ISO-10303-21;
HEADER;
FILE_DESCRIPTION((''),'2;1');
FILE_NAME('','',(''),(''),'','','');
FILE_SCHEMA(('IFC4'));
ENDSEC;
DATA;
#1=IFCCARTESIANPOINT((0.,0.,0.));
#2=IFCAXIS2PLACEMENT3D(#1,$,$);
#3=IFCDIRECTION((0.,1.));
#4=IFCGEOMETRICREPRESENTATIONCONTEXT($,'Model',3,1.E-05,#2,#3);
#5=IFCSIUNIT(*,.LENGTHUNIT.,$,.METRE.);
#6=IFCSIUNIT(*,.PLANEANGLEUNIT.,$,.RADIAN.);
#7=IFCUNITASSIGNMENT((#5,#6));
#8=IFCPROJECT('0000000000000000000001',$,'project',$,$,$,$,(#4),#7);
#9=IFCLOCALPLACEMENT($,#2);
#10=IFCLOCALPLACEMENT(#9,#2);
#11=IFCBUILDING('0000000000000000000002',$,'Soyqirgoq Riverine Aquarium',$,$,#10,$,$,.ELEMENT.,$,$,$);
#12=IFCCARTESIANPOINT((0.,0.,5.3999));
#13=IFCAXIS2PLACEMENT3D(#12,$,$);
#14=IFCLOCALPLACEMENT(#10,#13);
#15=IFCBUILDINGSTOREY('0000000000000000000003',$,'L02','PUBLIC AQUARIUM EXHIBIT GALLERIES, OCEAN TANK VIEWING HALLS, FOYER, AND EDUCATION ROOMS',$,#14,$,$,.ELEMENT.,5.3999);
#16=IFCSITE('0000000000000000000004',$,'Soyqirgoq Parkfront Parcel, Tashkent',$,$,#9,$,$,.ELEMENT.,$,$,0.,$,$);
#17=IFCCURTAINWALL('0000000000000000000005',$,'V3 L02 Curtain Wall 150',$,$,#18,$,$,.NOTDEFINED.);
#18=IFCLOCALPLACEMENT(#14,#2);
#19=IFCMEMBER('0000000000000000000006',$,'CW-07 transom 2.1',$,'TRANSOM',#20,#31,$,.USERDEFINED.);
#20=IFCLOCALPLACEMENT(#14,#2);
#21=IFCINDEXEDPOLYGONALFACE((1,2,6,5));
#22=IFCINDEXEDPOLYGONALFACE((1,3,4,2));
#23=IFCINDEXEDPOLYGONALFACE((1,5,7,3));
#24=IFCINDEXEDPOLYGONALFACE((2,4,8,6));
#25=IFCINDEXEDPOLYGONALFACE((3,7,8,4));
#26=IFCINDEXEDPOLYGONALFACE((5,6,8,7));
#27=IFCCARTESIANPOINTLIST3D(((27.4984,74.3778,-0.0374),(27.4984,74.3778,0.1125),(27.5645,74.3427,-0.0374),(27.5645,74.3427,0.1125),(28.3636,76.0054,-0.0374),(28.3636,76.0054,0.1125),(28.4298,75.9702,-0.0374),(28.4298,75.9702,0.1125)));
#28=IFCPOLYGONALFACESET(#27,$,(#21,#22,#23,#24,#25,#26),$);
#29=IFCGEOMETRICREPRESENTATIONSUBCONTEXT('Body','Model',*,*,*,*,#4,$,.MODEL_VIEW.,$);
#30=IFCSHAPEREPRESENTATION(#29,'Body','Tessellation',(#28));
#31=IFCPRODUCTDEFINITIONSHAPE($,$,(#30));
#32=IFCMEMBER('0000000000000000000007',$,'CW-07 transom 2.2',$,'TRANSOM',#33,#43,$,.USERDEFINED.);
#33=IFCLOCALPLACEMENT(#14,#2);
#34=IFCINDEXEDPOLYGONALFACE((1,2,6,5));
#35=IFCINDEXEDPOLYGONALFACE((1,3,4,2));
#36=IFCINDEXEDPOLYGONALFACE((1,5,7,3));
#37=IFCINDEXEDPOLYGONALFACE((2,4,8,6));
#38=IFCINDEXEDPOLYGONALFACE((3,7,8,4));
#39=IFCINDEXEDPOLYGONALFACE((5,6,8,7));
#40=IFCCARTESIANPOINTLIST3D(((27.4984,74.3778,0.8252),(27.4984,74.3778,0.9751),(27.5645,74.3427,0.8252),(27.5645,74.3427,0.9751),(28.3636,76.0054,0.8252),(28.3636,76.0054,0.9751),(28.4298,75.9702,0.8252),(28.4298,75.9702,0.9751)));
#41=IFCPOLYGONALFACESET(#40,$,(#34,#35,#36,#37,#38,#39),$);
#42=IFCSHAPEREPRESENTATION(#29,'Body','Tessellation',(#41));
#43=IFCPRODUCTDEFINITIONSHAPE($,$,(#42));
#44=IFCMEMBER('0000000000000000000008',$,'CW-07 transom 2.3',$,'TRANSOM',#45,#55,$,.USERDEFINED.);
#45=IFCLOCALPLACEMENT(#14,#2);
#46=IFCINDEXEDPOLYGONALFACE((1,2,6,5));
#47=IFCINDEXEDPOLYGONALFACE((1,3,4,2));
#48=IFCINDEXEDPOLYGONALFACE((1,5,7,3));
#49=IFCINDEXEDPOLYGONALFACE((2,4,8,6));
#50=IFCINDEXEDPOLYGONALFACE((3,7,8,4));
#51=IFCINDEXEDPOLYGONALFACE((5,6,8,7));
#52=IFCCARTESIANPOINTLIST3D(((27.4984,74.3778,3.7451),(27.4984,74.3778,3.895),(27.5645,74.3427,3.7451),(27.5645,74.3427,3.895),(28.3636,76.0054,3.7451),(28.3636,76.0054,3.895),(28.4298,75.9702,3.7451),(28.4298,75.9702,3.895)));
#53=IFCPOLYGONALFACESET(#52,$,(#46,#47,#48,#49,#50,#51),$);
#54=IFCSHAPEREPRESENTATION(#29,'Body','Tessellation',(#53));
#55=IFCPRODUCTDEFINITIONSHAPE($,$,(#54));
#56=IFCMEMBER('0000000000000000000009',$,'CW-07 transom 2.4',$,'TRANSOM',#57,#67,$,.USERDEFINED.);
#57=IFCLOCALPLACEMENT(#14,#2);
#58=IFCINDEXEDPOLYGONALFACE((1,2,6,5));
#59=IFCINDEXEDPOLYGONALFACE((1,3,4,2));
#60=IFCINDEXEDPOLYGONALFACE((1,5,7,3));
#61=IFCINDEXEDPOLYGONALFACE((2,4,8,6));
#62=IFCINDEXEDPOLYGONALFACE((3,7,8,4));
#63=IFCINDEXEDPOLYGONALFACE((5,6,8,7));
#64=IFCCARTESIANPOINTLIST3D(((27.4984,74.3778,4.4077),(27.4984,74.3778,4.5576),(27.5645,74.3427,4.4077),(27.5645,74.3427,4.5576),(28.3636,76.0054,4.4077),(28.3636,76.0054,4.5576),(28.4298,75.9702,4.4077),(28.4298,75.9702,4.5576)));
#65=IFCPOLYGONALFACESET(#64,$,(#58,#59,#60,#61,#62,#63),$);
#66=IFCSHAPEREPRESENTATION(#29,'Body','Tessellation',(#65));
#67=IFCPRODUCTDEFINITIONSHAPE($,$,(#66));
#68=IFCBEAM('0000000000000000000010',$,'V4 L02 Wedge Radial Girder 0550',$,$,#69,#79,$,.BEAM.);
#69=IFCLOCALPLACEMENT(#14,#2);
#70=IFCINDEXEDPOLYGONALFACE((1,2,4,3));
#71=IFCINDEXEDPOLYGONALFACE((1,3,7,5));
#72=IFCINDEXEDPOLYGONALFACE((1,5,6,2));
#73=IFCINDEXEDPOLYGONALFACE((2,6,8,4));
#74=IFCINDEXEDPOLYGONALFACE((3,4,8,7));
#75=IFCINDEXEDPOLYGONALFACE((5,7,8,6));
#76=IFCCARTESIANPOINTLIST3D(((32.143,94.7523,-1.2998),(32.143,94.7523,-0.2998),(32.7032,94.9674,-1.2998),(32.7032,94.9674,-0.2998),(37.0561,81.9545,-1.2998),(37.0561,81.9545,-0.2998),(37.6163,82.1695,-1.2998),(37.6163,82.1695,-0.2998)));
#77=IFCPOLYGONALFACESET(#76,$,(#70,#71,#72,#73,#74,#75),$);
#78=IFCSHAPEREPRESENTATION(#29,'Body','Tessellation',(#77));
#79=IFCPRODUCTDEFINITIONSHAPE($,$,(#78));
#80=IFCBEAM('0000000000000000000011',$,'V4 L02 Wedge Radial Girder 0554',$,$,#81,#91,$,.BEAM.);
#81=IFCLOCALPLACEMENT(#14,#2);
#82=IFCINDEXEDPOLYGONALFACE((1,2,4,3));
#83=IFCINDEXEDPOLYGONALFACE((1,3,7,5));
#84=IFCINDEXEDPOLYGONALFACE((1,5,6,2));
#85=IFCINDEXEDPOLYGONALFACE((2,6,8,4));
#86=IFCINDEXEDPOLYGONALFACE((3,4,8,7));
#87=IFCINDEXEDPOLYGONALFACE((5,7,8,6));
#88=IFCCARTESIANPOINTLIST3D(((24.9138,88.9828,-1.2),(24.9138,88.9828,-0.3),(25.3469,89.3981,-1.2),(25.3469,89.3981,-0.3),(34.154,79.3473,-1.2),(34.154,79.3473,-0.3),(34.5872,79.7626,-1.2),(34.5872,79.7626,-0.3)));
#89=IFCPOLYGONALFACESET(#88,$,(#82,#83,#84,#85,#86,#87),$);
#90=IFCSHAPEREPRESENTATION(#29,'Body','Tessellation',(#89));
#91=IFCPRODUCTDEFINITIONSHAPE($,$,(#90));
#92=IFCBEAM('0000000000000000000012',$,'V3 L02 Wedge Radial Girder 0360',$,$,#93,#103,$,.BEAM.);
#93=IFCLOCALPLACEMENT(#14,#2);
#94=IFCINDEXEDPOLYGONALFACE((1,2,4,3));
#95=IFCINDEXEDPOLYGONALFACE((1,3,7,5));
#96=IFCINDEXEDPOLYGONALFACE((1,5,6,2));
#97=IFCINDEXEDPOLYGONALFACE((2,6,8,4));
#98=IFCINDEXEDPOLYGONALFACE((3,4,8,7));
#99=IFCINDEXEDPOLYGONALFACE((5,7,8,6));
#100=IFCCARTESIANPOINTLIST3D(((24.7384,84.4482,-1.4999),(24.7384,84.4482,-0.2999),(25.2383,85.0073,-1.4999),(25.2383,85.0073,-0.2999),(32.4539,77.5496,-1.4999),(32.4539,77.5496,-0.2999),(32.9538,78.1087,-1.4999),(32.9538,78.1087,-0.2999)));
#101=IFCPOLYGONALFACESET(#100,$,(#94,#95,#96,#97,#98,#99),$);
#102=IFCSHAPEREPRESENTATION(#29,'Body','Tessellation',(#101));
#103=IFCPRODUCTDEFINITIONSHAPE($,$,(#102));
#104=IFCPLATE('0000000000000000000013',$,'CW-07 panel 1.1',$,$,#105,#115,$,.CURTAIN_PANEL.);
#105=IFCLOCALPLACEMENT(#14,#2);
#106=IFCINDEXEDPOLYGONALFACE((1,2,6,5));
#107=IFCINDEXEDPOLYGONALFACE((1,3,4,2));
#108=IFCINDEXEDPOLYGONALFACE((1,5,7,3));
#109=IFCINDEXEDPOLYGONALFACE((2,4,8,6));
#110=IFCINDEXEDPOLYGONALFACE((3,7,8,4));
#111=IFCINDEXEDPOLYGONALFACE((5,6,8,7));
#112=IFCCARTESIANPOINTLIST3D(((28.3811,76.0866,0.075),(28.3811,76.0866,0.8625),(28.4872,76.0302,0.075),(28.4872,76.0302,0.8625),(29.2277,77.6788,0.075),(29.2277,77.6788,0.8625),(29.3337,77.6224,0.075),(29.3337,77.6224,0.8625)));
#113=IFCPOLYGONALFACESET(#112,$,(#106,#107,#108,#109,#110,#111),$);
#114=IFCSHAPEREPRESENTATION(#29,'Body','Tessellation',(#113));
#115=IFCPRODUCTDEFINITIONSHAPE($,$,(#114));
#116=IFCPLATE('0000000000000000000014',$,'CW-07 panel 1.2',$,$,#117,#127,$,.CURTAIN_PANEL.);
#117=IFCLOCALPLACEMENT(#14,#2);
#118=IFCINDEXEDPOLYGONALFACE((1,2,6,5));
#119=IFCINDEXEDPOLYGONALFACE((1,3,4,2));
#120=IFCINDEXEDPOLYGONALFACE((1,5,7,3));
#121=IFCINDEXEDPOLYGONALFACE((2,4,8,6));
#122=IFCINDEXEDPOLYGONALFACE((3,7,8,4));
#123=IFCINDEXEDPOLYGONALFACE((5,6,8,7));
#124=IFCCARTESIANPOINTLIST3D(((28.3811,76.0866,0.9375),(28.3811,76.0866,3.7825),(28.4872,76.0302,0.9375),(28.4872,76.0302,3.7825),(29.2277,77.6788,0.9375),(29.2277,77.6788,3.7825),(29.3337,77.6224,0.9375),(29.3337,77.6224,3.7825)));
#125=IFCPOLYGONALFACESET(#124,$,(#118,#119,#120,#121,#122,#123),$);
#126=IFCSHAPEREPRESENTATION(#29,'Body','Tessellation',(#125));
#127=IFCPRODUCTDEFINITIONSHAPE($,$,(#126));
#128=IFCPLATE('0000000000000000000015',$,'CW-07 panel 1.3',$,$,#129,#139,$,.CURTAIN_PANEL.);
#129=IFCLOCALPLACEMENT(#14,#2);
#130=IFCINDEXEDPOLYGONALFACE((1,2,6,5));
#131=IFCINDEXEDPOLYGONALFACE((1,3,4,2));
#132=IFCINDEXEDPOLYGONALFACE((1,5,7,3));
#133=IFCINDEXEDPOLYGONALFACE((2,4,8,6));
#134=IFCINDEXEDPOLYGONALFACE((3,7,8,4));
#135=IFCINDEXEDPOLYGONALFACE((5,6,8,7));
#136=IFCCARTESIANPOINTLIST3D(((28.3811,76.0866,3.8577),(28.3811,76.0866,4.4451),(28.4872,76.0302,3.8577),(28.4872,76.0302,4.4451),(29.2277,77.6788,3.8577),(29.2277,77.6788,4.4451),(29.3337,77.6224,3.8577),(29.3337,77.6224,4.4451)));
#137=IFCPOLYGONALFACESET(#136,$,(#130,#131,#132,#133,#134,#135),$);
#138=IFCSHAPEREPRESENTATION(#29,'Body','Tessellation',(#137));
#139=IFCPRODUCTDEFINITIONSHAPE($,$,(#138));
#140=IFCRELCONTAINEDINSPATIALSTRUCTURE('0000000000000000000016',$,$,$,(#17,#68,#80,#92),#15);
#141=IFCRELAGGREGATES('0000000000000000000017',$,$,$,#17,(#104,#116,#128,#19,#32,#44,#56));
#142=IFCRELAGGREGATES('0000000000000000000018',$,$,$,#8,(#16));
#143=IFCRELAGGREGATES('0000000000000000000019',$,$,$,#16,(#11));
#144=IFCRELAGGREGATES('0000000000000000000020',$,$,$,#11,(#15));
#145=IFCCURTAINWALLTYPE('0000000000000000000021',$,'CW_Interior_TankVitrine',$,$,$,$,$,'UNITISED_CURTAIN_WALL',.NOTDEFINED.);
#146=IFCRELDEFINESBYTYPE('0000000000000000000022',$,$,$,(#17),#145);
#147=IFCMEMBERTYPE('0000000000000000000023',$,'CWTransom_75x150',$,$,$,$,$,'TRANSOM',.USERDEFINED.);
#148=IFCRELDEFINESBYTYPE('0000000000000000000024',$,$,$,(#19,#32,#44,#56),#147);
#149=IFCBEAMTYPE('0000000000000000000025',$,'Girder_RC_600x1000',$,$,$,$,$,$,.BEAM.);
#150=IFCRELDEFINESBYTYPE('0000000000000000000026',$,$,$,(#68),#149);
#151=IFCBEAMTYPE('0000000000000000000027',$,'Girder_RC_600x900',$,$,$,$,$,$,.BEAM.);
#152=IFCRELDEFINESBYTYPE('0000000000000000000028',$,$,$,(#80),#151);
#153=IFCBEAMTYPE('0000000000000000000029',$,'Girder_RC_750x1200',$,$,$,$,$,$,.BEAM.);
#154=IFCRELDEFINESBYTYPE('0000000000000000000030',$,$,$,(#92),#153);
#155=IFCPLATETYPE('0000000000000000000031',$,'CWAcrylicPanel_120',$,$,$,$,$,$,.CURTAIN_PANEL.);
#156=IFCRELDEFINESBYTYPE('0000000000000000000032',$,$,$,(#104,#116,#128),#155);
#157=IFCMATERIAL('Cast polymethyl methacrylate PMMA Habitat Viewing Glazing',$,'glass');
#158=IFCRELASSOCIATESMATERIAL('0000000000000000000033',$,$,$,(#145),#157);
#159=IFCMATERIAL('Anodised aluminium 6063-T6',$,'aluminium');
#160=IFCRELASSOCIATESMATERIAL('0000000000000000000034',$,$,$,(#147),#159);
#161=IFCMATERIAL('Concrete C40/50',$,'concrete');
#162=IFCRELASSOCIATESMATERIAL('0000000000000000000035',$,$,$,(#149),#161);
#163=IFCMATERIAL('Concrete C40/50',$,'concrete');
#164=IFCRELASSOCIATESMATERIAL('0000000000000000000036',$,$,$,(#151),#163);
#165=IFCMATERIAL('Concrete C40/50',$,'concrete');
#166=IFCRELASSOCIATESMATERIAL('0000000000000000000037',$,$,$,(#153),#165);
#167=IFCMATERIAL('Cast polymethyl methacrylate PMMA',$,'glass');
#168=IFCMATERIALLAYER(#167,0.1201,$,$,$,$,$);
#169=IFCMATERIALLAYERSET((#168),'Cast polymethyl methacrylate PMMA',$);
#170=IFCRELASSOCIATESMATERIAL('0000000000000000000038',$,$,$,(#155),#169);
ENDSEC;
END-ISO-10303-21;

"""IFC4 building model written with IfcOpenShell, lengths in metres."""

from ifc_helpers import new_model, si_unit, direction, frame, origin, origin_2d, place, context, subcontext, project, spatial, rectangle, extrude, material, layer, layer_set, material_profile, profile_set, type_object, element, aggregate, save


model = new_model("IFC4")

# Units and contexts
model_context = context("Model", 3, precision=1e-05, world=origin(), true_north=direction((0.0, 1.0)))
body_context = subcontext(model_context, "Body", "Model", "MODEL_VIEW")
ifc_project = project(units=[si_unit("LENGTHUNIT", "METRE"), si_unit("PLANEANGLEUNIT", "RADIAN")], contexts=[model_context])

# Site, building, storey
site_placement = place(None, origin())
site = spatial("IfcSite", under=ifc_project, at=site_placement, Name="Soyqirgoq Parkfront Parcel, Tashkent", CompositionType="ELEMENT", RefElevation=0.0)
building_placement = place(site_placement, origin())
building = spatial("IfcBuilding", under=site, at=building_placement, Name="Soyqirgoq Riverine Aquarium", CompositionType="ELEMENT")
storey_placement = place(building_placement, frame((0.0, 0.0, 5.3999)))
storey = spatial("IfcBuildingStorey", under=building, at=storey_placement, Name="L02", Description="PUBLIC AQUARIUM EXHIBIT GALLERIES, OCEAN TANK VIEWING HALLS, FOYER, AND EDUCATION ROOMS", CompositionType="ELEMENT", Elevation=5.3999)

# Curtain wall, members
ifc_material_1 = material(Name="Cast polymethyl methacrylate PMMA Habitat Viewing Glazing", Category="glass")
curtain_wall_type = type_object("IfcCurtainWallType", Name="CW_Interior_TankVitrine", ElementType="UNITISED_CURTAIN_WALL", PredefinedType="NOTDEFINED", material=ifc_material_1)
curtain_wall_placement = place(storey_placement, origin())
curtain_wall = element("IfcCurtainWall", 1, at=curtain_wall_placement, inside=storey, type_object=curtain_wall_type, Name="V3 L02 Curtain Wall 150", PredefinedType="NOTDEFINED")
ifc_material_2 = material(Name="Anodised aluminium 6063-T6", Category="aluminium")
ifc_material_profile_1 = material_profile(ifc_material_2, rectangle(XDim=0.075, YDim=0.1499, at=origin_2d()), Name="ALU-T 75x150")
ifc_profile_set_1 = profile_set([ifc_material_profile_1], Name="Anodised aluminium 6063-T6")
member_type_1 = type_object("IfcMemberType", Name="CWTransom_75x150", ElementType="TRANSOM", PredefinedType="USERDEFINED", material=ifc_profile_set_1)
member_1_placement = place(storey_placement, frame((28.3967, 75.9878, 0.0376), z_axis=(-0.469433, -0.882968, 0.0), x_axis=(0.882968, -0.469433, 0.0)))
member_1 = element("IfcMember", 2, at=member_1_placement, type_object=member_type_1, Name="CW-07 transom 2.1", ObjectType="TRANSOM", PredefinedType="USERDEFINED", context=body_context, shape_type="SweptSolid", body=[
    extrude(rectangle(XDim=0.075, YDim=0.1499, at=origin_2d()), origin(), (0.0, 0.0, 1.0), 1.8433),
])
member_2_placement = place(storey_placement, frame((28.3967, 75.9878, 0.9001), z_axis=(-0.469433, -0.882968, 0.0), x_axis=(0.882968, -0.469433, 0.0)))
member_2 = element("IfcMember", 3, at=member_2_placement, type_object=member_type_1, Name="CW-07 transom 2.2", ObjectType="TRANSOM", PredefinedType="USERDEFINED", context=body_context, shape_type="SweptSolid", body=[
    extrude(rectangle(XDim=0.075, YDim=0.1499, at=origin_2d()), origin(), (0.0, 0.0, 1.0), 1.8433),
])
member_3_placement = place(storey_placement, frame((28.3967, 75.9878, 3.8201), z_axis=(-0.469433, -0.882968, 0.0), x_axis=(0.882968, -0.469433, 0.0)))
member_3 = element("IfcMember", 4, at=member_3_placement, type_object=member_type_1, Name="CW-07 transom 2.3", ObjectType="TRANSOM", PredefinedType="USERDEFINED", context=body_context, shape_type="SweptSolid", body=[
    extrude(rectangle(XDim=0.075, YDim=0.1499, at=origin_2d()), origin(), (0.0, 0.0, 1.0), 1.8433),
])
member_4_placement = place(storey_placement, frame((28.3967, 75.9878, 4.4827), z_axis=(-0.469433, -0.882968, 0.0), x_axis=(0.882968, -0.469433, 0.0)))
member_4 = element("IfcMember", 5, at=member_4_placement, type_object=member_type_1, Name="CW-07 transom 2.4", ObjectType="TRANSOM", PredefinedType="USERDEFINED", context=body_context, shape_type="SweptSolid", body=[
    extrude(rectangle(XDim=0.075, YDim=0.1499, at=origin_2d()), origin(), (0.0, 0.0, 1.0), 1.8433),
])

# Beams
ifc_material_3 = material(Name="Concrete C40/50", Category="concrete")
ifc_material_profile_2 = material_profile(ifc_material_3, rectangle(XDim=0.6001, YDim=1.0, at=origin_2d()), Name="RC 600x1000")
ifc_profile_set_2 = profile_set([ifc_material_profile_2], Name="Concrete C40/50")
beam_type_1 = type_object("IfcBeamType", Name="Girder_RC_600x1000", PredefinedType="BEAM", material=ifc_profile_set_2)
beam_1_placement = place(storey_placement, frame((37.3362, 82.062, -0.7998), z_axis=(-0.358397, 0.933569, 0.0), x_axis=(-0.933569, -0.358397, 0.0)))
element("IfcBeam", 6, at=beam_1_placement, inside=storey, type_object=beam_type_1, Name="V4 L02 Wedge Radial Girder 0550", PredefinedType="BEAM", context=body_context, shape_type="SweptSolid", body=[
    extrude(rectangle(XDim=0.6001, YDim=1.0, at=origin_2d()), origin(), (0.0, 0.0, 1.0), 13.7085),
])
ifc_material_4 = material(Name="Concrete C40/50", Category="concrete")
ifc_material_profile_3 = material_profile(ifc_material_4, rectangle(XDim=0.6001, YDim=0.8999, at=origin_2d()), Name="RC 600x900")
ifc_profile_set_3 = profile_set([ifc_material_profile_3], Name="Concrete C40/50")
beam_type_2 = type_object("IfcBeamType", Name="Girder_RC_600x900", PredefinedType="BEAM", material=ifc_profile_set_3)
beam_2_placement = place(storey_placement, frame((34.3706, 79.5549, -0.75), z_axis=(-0.692148, 0.721756, 0.0), x_axis=(-0.721756, -0.692148, 0.0)))
element("IfcBeam", 7, at=beam_2_placement, inside=storey, type_object=beam_type_2, Name="V4 L02 Wedge Radial Girder 0554", PredefinedType="BEAM", context=body_context, shape_type="SweptSolid", body=[
    extrude(rectangle(XDim=0.6001, YDim=0.8999, at=origin_2d()), origin(), (0.0, 0.0, 1.0), 13.3501),
])
ifc_material_5 = material(Name="Concrete C40/50", Category="concrete")
ifc_material_profile_4 = material_profile(ifc_material_5, rectangle(XDim=0.75, YDim=1.2, at=origin_2d()), Name="RC 750x1200")
ifc_profile_set_4 = profile_set([ifc_material_profile_4], Name="Concrete C40/50")
beam_type_3 = type_object("IfcBeamType", Name="Girder_RC_750x1200", PredefinedType="BEAM", material=ifc_profile_set_4)
beam_3_placement = place(storey_placement, frame((32.7039, 77.8291, -0.8999), z_axis=(-0.745468, 0.666541, 0.0), x_axis=(-0.666541, -0.745468, 0.0)))
element("IfcBeam", 8, at=beam_3_placement, inside=storey, type_object=beam_type_3, Name="V3 L02 Wedge Radial Girder 0360", PredefinedType="BEAM", context=body_context, shape_type="SweptSolid", body=[
    extrude(rectangle(XDim=0.75, YDim=1.2, at=origin_2d()), origin(), (0.0, 0.0, 1.0), 10.3499),
])

# Plates
ifc_material_6 = material(Name="Cast polymethyl methacrylate PMMA", Category="glass")
ifc_layer_1 = layer(ifc_material_6, 0.1201)
ifc_layer_set_1 = layer_set([ifc_layer_1], Name="Cast polymethyl methacrylate PMMA")
plate_type = type_object("IfcPlateType", Name="CWAcrylicPanel_120", PredefinedType="CURTAIN_PANEL", material=ifc_layer_set_1)
plate_1_placement = place(storey_placement, frame((28.8574, 76.8545, 0.075), z_axis=(0.0, 0.0, 1.0), x_axis=(-0.469475, -0.882946, 0.0)))
plate_1 = element("IfcPlate", 9, at=plate_1_placement, type_object=plate_type, Name="CW-07 panel 1.1", PredefinedType="CURTAIN_PANEL", context=body_context, shape_type="SweptSolid", body=[
    extrude(rectangle(XDim=1.8032, YDim=0.1201, at=origin_2d()), origin(), (0.0, 0.0, 1.0), 0.7876),
])
plate_2_placement = place(storey_placement, frame((28.8574, 76.8545, 0.9375), z_axis=(0.0, 0.0, 1.0), x_axis=(-0.469475, -0.882946, 0.0)))
plate_2 = element("IfcPlate", 10, at=plate_2_placement, type_object=plate_type, Name="CW-07 panel 1.2", PredefinedType="CURTAIN_PANEL", context=body_context, shape_type="SweptSolid", body=[
    extrude(rectangle(XDim=1.8032, YDim=0.1201, at=origin_2d()), origin(), (0.0, 0.0, 1.0), 2.845),
])
plate_3_placement = place(storey_placement, frame((28.8574, 76.8545, 3.8577), z_axis=(0.0, 0.0, 1.0), x_axis=(-0.469475, -0.882946, 0.0)))
plate_3 = element("IfcPlate", 11, at=plate_3_placement, type_object=plate_type, Name="CW-07 panel 1.3", PredefinedType="CURTAIN_PANEL", context=body_context, shape_type="SweptSolid", body=[
    extrude(rectangle(XDim=1.8032, YDim=0.1201, at=origin_2d()), origin(), (0.0, 0.0, 1.0), 0.5874),
])
aggregate(curtain_wall, [plate_1, plate_2, plate_3, member_1, member_2, member_3, member_4])

save(model, "model.ifc")
